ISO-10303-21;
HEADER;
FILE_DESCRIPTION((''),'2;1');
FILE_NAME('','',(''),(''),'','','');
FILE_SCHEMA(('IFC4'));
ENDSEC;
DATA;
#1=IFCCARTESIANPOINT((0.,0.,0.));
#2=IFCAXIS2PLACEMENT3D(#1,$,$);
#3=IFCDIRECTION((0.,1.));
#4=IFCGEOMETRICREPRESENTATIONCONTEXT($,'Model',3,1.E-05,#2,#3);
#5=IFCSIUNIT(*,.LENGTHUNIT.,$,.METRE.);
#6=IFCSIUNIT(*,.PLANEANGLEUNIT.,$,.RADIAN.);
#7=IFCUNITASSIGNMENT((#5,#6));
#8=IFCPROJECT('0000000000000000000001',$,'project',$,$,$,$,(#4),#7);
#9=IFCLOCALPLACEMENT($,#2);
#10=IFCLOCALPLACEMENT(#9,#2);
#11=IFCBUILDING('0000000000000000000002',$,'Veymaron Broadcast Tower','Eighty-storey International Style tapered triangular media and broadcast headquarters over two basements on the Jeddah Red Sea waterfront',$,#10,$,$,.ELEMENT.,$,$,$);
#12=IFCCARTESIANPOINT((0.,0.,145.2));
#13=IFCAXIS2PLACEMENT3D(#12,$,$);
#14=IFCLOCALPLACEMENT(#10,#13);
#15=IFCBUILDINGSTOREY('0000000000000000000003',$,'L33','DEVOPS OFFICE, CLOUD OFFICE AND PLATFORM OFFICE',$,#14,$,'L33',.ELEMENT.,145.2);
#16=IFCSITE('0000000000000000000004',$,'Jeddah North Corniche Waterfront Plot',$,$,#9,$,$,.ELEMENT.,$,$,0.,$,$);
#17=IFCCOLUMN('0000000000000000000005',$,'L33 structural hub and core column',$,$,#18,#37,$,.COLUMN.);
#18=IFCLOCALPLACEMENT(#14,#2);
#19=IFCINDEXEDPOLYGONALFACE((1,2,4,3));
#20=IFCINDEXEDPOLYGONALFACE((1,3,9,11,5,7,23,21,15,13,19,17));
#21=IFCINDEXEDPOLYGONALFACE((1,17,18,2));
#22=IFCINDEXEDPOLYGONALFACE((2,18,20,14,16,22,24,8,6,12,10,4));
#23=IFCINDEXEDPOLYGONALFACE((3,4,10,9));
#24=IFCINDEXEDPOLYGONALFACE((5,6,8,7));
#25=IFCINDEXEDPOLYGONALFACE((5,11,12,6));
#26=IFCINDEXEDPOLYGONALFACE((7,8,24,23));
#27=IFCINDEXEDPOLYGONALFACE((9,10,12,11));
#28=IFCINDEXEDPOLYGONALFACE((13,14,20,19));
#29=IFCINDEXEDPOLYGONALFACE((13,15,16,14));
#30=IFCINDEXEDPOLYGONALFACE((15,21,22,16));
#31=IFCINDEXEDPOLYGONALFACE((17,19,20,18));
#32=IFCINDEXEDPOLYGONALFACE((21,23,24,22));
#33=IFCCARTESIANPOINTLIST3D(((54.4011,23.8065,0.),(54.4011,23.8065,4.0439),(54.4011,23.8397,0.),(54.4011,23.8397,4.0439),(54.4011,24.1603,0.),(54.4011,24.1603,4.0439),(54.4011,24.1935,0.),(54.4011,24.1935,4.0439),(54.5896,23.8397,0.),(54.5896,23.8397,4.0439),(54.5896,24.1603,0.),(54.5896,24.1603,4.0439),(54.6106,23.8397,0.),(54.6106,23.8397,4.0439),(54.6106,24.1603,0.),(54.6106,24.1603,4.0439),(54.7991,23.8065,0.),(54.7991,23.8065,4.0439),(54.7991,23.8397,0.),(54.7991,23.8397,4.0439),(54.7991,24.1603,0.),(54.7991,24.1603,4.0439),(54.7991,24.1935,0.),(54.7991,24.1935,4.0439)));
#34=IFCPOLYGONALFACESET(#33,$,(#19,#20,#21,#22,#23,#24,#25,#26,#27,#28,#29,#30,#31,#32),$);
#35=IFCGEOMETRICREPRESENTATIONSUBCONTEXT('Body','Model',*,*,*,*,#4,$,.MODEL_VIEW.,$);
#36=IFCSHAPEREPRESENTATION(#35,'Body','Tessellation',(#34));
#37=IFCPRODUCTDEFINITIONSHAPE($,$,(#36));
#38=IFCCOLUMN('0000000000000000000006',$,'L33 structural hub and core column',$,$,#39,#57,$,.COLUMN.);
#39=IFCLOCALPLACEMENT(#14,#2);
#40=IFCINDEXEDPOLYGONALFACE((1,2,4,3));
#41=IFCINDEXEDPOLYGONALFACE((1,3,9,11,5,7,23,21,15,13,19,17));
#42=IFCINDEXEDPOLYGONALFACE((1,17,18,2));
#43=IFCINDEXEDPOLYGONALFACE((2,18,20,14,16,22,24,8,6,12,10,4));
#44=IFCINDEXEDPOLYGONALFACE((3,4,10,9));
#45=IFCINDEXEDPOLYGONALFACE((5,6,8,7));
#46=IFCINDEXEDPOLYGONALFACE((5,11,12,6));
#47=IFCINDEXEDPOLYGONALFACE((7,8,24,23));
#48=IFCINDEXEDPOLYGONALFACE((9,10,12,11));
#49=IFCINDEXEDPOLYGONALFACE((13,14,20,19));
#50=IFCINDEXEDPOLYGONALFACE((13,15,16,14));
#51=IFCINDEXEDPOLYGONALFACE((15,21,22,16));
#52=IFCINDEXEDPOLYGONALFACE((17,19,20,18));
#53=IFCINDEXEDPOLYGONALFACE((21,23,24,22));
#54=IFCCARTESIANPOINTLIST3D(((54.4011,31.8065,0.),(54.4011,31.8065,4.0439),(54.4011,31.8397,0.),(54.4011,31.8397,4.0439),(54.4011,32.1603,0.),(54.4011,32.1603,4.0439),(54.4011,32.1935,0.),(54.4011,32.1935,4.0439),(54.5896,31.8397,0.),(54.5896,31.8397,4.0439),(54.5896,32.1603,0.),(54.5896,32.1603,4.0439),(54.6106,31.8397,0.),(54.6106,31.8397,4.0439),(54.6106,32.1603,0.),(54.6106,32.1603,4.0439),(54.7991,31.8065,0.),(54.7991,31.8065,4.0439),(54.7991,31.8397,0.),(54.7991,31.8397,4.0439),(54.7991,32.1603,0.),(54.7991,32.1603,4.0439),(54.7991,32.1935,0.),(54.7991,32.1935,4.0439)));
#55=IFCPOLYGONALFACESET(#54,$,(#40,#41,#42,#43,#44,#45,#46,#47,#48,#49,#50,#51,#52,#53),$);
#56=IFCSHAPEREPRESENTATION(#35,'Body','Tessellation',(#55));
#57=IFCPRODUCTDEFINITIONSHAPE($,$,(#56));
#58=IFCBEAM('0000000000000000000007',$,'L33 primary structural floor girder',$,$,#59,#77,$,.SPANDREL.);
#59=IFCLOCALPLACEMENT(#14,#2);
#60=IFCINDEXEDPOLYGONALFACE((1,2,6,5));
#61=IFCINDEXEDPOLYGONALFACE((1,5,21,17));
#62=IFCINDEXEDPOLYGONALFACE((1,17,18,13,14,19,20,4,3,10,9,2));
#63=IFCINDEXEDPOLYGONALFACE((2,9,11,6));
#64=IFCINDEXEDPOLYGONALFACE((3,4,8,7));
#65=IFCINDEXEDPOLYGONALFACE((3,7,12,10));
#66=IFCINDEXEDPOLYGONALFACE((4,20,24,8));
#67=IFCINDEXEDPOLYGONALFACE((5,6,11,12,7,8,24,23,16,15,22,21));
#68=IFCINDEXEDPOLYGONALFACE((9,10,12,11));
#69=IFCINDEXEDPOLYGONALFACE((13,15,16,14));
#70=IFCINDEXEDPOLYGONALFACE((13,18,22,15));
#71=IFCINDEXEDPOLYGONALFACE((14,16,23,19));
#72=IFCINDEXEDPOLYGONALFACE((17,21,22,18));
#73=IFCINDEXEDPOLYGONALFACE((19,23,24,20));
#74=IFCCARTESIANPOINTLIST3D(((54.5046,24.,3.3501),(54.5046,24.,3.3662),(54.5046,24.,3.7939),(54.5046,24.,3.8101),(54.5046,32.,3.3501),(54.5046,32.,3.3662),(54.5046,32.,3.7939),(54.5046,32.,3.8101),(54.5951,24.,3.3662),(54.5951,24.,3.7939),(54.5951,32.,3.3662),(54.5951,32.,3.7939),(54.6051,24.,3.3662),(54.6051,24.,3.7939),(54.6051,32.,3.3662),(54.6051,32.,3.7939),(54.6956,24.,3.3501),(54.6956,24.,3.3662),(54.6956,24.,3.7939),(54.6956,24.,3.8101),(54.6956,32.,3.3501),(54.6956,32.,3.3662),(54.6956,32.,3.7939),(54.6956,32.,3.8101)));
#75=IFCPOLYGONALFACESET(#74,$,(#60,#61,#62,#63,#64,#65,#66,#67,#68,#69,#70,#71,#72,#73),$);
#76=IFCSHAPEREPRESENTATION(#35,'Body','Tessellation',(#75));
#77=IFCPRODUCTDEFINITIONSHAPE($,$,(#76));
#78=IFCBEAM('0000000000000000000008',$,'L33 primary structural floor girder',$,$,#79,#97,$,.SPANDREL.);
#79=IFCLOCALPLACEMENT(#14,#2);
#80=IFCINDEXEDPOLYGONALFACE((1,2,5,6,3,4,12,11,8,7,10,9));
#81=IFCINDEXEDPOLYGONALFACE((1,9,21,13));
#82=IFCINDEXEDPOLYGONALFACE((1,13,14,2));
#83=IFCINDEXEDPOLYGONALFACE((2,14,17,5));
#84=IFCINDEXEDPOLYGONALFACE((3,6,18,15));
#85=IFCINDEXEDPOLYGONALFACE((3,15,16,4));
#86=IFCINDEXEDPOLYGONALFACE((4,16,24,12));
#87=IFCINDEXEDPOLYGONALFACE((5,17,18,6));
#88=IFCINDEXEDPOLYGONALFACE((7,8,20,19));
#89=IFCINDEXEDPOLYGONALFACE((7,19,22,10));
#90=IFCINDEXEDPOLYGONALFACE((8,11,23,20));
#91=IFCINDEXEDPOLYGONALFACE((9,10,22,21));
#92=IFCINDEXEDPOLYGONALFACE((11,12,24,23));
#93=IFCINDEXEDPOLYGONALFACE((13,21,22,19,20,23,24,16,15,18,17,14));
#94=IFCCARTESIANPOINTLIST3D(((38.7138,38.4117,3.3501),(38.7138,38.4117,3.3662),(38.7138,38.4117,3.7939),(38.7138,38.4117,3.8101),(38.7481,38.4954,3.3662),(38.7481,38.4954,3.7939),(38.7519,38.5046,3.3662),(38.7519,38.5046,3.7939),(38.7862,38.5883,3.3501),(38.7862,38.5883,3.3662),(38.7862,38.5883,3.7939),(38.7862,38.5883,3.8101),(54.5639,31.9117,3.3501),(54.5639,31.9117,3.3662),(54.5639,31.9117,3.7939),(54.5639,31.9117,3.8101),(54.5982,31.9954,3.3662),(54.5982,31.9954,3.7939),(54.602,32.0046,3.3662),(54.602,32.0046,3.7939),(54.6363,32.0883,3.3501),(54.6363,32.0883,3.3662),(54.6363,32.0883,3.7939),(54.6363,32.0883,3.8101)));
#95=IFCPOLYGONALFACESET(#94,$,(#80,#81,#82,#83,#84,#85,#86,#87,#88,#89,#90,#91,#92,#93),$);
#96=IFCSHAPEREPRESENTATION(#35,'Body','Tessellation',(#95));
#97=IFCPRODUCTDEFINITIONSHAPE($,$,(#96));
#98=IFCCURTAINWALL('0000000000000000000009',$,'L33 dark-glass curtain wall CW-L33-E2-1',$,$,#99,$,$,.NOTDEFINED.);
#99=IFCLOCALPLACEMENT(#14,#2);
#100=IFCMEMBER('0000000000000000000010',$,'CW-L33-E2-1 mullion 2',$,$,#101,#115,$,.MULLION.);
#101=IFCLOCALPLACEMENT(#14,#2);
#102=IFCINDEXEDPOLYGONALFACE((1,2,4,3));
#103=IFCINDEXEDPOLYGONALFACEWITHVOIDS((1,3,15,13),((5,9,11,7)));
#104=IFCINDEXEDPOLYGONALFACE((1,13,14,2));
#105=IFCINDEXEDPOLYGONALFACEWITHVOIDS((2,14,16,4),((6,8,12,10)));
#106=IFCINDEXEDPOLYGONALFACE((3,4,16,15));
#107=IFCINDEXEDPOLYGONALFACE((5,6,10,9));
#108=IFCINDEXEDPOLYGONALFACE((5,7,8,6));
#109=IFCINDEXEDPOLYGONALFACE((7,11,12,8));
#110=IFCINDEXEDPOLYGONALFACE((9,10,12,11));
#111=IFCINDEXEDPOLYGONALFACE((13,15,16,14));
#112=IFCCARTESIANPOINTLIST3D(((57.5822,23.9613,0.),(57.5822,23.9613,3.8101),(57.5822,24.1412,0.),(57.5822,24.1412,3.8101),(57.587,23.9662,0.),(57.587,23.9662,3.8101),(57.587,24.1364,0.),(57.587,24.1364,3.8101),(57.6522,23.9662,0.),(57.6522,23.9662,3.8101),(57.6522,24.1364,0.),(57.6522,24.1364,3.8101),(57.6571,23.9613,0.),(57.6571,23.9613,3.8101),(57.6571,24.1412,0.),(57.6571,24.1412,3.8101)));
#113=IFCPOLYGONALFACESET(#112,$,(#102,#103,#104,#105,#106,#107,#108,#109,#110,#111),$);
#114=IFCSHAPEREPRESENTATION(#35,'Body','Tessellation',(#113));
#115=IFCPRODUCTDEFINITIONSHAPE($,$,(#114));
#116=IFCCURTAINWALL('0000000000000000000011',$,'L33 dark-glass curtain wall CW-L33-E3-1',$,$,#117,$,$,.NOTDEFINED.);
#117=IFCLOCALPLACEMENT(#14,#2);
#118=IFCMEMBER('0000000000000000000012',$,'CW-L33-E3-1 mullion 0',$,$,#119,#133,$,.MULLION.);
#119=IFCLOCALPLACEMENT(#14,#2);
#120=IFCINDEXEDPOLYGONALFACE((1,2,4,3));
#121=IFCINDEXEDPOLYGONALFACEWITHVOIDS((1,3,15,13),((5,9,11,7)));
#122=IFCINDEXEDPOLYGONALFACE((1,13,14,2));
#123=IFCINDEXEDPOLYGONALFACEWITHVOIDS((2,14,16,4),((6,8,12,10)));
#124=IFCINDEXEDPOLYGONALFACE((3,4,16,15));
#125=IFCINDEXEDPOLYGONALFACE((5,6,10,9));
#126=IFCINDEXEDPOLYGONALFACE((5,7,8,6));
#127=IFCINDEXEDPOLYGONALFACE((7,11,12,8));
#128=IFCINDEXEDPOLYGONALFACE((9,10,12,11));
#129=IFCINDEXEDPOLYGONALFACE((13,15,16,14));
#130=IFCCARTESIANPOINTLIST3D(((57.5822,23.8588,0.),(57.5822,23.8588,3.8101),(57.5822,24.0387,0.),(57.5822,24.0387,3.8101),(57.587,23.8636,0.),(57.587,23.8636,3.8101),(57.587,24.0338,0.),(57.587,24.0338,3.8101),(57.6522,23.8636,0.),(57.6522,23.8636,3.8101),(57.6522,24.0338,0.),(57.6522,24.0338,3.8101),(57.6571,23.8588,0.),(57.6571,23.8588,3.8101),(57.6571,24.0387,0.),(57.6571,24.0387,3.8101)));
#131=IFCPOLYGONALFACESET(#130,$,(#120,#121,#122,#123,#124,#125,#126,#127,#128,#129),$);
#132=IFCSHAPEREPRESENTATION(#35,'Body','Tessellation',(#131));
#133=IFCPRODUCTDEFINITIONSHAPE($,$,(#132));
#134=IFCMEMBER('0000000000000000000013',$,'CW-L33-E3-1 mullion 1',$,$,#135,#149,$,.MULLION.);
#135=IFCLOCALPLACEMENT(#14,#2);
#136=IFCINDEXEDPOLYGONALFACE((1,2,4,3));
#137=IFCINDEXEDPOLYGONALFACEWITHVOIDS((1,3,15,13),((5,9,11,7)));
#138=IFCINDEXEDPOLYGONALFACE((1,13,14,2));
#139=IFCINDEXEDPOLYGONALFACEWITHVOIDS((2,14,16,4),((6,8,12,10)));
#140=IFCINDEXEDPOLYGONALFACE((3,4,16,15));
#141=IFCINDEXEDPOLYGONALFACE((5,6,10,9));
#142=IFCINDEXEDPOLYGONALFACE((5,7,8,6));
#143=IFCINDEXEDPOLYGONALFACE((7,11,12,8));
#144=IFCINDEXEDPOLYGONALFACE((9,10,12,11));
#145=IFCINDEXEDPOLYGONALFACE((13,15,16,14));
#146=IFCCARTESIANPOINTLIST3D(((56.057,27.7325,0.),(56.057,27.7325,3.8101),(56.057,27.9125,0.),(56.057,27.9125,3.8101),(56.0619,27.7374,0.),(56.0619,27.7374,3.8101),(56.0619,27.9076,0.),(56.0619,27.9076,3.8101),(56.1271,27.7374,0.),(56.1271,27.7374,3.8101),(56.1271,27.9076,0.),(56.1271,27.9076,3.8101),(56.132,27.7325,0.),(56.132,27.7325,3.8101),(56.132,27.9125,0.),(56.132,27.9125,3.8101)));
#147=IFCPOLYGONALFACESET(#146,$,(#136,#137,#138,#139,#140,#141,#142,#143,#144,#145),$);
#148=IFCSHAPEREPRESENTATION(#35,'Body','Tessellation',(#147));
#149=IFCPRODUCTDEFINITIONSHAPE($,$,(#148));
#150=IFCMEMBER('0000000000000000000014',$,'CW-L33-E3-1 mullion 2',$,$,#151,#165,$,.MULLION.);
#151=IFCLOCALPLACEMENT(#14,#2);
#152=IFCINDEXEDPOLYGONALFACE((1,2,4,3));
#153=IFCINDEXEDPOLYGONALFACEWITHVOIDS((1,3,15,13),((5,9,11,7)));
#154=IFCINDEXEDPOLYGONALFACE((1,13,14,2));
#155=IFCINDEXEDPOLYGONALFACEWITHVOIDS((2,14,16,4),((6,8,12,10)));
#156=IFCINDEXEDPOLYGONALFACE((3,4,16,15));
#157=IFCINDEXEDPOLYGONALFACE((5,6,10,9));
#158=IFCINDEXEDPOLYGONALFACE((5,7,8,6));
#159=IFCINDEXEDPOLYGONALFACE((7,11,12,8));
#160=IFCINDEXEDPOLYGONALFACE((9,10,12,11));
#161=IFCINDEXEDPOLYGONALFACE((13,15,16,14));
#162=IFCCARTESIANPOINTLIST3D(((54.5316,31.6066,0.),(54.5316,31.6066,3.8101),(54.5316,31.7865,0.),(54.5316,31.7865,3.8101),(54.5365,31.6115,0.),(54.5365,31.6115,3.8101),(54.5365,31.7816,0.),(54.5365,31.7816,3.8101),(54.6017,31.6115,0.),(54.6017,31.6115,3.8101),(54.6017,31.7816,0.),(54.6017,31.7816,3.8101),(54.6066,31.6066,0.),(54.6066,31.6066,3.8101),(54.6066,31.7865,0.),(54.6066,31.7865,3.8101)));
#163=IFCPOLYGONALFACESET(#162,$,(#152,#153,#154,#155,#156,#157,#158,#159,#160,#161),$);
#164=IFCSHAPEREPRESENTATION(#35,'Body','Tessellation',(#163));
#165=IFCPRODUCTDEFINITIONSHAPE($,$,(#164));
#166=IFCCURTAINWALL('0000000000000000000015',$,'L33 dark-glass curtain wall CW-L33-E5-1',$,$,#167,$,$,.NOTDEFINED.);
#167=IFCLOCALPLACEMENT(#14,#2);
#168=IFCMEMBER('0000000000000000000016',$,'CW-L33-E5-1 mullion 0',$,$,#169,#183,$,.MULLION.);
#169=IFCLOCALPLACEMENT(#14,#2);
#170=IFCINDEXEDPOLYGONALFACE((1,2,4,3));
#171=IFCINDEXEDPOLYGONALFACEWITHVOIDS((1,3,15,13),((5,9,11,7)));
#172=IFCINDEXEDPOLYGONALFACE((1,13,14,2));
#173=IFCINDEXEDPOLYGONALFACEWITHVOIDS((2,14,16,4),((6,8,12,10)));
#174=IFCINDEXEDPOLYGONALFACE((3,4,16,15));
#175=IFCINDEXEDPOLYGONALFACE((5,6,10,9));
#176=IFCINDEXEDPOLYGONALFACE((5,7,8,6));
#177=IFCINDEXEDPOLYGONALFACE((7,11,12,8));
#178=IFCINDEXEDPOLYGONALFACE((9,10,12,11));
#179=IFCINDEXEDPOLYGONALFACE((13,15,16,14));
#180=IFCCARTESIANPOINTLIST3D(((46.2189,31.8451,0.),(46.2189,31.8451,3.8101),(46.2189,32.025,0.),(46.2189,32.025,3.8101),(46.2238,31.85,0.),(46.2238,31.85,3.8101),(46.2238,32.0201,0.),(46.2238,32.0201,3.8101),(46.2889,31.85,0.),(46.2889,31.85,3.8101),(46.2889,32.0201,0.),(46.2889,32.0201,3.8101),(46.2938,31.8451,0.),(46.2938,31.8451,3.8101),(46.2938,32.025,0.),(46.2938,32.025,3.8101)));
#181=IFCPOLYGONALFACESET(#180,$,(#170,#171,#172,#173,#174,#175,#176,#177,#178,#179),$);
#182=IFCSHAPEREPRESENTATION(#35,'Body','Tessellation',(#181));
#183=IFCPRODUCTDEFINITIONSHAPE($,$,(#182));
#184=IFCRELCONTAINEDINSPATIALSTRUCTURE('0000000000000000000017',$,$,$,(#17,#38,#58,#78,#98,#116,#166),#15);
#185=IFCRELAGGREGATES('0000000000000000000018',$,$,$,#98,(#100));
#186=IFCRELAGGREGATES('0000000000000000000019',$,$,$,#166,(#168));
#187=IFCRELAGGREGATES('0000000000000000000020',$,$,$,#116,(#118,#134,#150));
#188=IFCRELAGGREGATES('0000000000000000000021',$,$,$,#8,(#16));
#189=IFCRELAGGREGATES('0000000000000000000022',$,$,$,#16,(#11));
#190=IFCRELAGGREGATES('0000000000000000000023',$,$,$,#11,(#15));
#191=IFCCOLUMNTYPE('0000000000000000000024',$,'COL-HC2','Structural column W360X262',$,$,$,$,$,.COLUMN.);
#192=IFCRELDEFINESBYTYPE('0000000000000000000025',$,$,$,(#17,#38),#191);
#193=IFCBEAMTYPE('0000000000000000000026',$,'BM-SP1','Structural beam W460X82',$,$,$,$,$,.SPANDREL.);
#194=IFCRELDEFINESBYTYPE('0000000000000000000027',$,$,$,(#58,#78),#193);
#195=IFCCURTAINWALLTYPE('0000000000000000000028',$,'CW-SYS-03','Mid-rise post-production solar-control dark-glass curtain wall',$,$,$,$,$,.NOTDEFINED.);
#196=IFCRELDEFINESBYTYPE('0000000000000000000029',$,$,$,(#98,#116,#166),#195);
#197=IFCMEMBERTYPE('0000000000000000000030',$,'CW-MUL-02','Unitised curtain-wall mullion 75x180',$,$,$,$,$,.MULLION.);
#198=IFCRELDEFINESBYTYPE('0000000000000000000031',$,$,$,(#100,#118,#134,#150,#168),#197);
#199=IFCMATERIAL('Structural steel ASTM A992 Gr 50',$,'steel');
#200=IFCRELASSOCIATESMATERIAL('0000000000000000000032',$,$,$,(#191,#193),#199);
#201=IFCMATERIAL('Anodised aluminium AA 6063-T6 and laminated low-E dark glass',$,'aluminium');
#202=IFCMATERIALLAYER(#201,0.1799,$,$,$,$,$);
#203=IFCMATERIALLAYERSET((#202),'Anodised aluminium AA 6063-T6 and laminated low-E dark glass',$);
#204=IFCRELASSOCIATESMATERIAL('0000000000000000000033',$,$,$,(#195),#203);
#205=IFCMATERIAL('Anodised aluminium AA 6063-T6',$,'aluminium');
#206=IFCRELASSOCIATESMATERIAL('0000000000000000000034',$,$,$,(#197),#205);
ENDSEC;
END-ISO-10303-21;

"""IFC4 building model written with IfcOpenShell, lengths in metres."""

from ifc_helpers import new_model, si_unit, direction, frame, origin, origin_2d, place, context, subcontext, project, spatial, hollow_rectangle, i_section, extrude, material, layer, layer_set, material_profile, profile_set, type_object, element, aggregate, save


model = new_model("IFC4")

# Units and contexts
model_context = context("Model", 3, precision=1e-05, world=origin(), true_north=direction((0.0, 1.0)))
body_context = subcontext(model_context, "Body", "Model", "MODEL_VIEW")
ifc_project = project(units=[si_unit("LENGTHUNIT", "METRE"), si_unit("PLANEANGLEUNIT", "RADIAN")], contexts=[model_context])

# Site, building, storey
site_placement = place(None, origin())
site = spatial("IfcSite", under=ifc_project, at=site_placement, Name="Jeddah North Corniche Waterfront Plot", CompositionType="ELEMENT", RefElevation=0.0)
building_placement = place(site_placement, origin())
building = spatial("IfcBuilding", under=site, at=building_placement, Name="Veymaron Broadcast Tower", Description="Eighty-storey International Style tapered triangular media and broadcast headquarters over two basements on the Jeddah Red Sea waterfront", CompositionType="ELEMENT")
storey_placement = place(building_placement, frame((0.0, 0.0, 145.2)))
storey = spatial("IfcBuildingStorey", under=building, at=storey_placement, Name="L33", Description="DEVOPS OFFICE, CLOUD OFFICE AND PLATFORM OFFICE", LongName="L33", CompositionType="ELEMENT", Elevation=145.2)

# Columns
ifc_material_1 = material(Name="Structural steel ASTM A992 Gr 50", Category="steel")
ifc_material_profile_1 = material_profile(ifc_material_1, i_section(OverallWidth=0.3979, OverallDepth=0.387, WebThickness=0.021, FlangeThickness=0.0332, at=origin_2d()), Name="W360X262")
ifc_profile_set_1 = profile_set([ifc_material_profile_1], Name="Structural steel ASTM A992 Gr 50")
column_type = type_object("IfcColumnType", Name="COL-HC2", Description="Structural column W360X262", PredefinedType="COLUMN", material=ifc_profile_set_1)
for number, where, z_axis, x_axis, name in (
    (1, (54.6001, 24.0, 0.0), (0.0, 0.0, 1.0), (1.0, 0.0, 0.0), "L33 structural hub and core column"),
    (2, (54.6001, 32.0, 0.0), (0.0, 0.0, 1.0), (1.0, 0.0, 0.0), "L33 structural hub and core column"),
):
    element("IfcColumn", number, at=place(storey_placement, frame(where, z_axis=z_axis, x_axis=x_axis)), inside=storey, type_object=column_type, Name=name, PredefinedType="COLUMN", context=body_context, shape_type="SweptSolid", body=[
        extrude(i_section(OverallWidth=0.3979, OverallDepth=0.387, WebThickness=0.021, FlangeThickness=0.0332, at=origin_2d()), origin(), (0.0, 0.0, 1.0), 4.0439),
    ])

# Beams
ifc_material_profile_2 = material_profile(ifc_material_1, i_section(OverallWidth=0.1909, OverallDepth=0.46, WebThickness=0.01, FlangeThickness=0.0161, at=origin_2d()), Name="W460X82")
ifc_profile_set_2 = profile_set([ifc_material_profile_2], Name="Structural steel ASTM A992 Gr 50")
beam_type = type_object("IfcBeamType", Name="BM-SP1", Description="Structural beam W460X82", PredefinedType="SPANDREL", material=ifc_profile_set_2)
beam_1_placement = place(storey_placement, frame((54.6001, 24.0, 3.5801), z_axis=(0.0, 1.0, 0.0), x_axis=(-1.0, 0.0, 0.0)))
element("IfcBeam", 3, at=beam_1_placement, inside=storey, type_object=beam_type, Name="L33 primary structural floor girder", PredefinedType="SPANDREL", context=body_context, shape_type="SweptSolid", body=[
    extrude(i_section(OverallWidth=0.1909, OverallDepth=0.46, WebThickness=0.01, FlangeThickness=0.0161, at=origin_2d()), origin(), (0.0, 0.0, 1.0), 8.0),
])
beam_2_placement = place(storey_placement, frame((54.6001, 32.0, 3.5801), z_axis=(-0.925222, 0.379426, 0.0), x_axis=(-0.379426, -0.925222, 0.0)))
element("IfcBeam", 4, at=beam_2_placement, inside=storey, type_object=beam_type, Name="L33 primary structural floor girder", PredefinedType="SPANDREL", context=body_context, shape_type="SweptSolid", body=[
    extrude(i_section(OverallWidth=0.1909, OverallDepth=0.46, WebThickness=0.01, FlangeThickness=0.0161, at=origin_2d()), origin(), (0.0, 0.0, 1.0), 17.1311),
])

# Curtain wall, member
ifc_material_2 = material(Name="Anodised aluminium AA 6063-T6 and laminated low-E dark glass", Category="aluminium")
ifc_layer_1 = layer(ifc_material_2, 0.1799)
ifc_layer_set_1 = layer_set([ifc_layer_1], Name="Anodised aluminium AA 6063-T6 and laminated low-E dark glass")
curtain_wall_type = type_object("IfcCurtainWallType", Name="CW-SYS-03", Description="Mid-rise post-production solar-control dark-glass curtain wall", PredefinedType="NOTDEFINED", material=ifc_layer_set_1)
curtain_wall_1_placement = place(storey_placement, origin())
curtain_wall_1 = element("IfcCurtainWall", 5, at=curtain_wall_1_placement, inside=storey, type_object=curtain_wall_type, Name="L33 dark-glass curtain wall CW-L33-E2-1", PredefinedType="NOTDEFINED")
ifc_material_3 = material(Name="Anodised aluminium AA 6063-T6", Category="aluminium")
ifc_material_profile_3 = material_profile(ifc_material_3, hollow_rectangle(XDim=0.075, YDim=0.1799, WallThickness=0.0049, at=origin_2d()), Name="AL180X75X5")
ifc_profile_set_3 = profile_set([ifc_material_profile_3], Name="Anodised aluminium AA 6063-T6")
member_type_1 = type_object("IfcMemberType", Name="CW-MUL-02", Description="Unitised curtain-wall mullion 75x180", PredefinedType="MULLION", material=ifc_profile_set_3)
member_1_placement = place(storey_placement, frame((57.6196, 24.0513, 0.0), z_axis=(0.0, 0.0, 1.0), x_axis=(1.0, 0.0, 0.0)))
member_1 = element("IfcMember", 6, at=member_1_placement, type_object=member_type_1, Name="CW-L33-E2-1 mullion 2", PredefinedType="MULLION", context=body_context, shape_type="SweptSolid", body=[
    extrude(hollow_rectangle(XDim=0.075, YDim=0.1799, WallThickness=0.0049, at=origin_2d()), origin(), (0.0, 0.0, 1.0), 3.8101),
])
aggregate(curtain_wall_1, [member_1])

# Curtain wall, members
curtain_wall_2_placement = place(storey_placement, origin())
curtain_wall_2 = element("IfcCurtainWall", 7, at=curtain_wall_2_placement, inside=storey, type_object=curtain_wall_type, Name="L33 dark-glass curtain wall CW-L33-E3-1", PredefinedType="NOTDEFINED")
member_2_placement = place(storey_placement, frame((57.6196, 23.9487, 0.0), z_axis=(0.0, 0.0, 1.0), x_axis=(1.0, 0.0, 0.0)))
member_2 = element("IfcMember", 8, at=member_2_placement, type_object=member_type_1, Name="CW-L33-E3-1 mullion 0", PredefinedType="MULLION", context=body_context, shape_type="SweptSolid", body=[
    extrude(hollow_rectangle(XDim=0.075, YDim=0.1799, WallThickness=0.0049, at=origin_2d()), origin(), (0.0, 0.0, 1.0), 3.8101),
])
member_3_placement = place(storey_placement, frame((56.0945, 27.8225, 0.0), z_axis=(0.0, 0.0, 1.0), x_axis=(1.0, 0.0, 0.0)))
member_3 = element("IfcMember", 9, at=member_3_placement, type_object=member_type_1, Name="CW-L33-E3-1 mullion 1", PredefinedType="MULLION", context=body_context, shape_type="SweptSolid", body=[
    extrude(hollow_rectangle(XDim=0.075, YDim=0.1799, WallThickness=0.0049, at=origin_2d()), origin(), (0.0, 0.0, 1.0), 3.8101),
])
member_4_placement = place(storey_placement, frame((54.5691, 31.6965, 0.0), z_axis=(0.0, 0.0, 1.0), x_axis=(1.0, 0.0, 0.0)))
member_4 = element("IfcMember", 10, at=member_4_placement, type_object=member_type_1, Name="CW-L33-E3-1 mullion 2", PredefinedType="MULLION", context=body_context, shape_type="SweptSolid", body=[
    extrude(hollow_rectangle(XDim=0.075, YDim=0.1799, WallThickness=0.0049, at=origin_2d()), origin(), (0.0, 0.0, 1.0), 3.8101),
])

# Curtain wall, member
curtain_wall_3_placement = place(storey_placement, origin())
curtain_wall_3 = element("IfcCurtainWall", 11, at=curtain_wall_3_placement, inside=storey, type_object=curtain_wall_type, Name="L33 dark-glass curtain wall CW-L33-E5-1", PredefinedType="NOTDEFINED")
member_5_placement = place(storey_placement, frame((46.2563, 31.9351, 0.0), z_axis=(0.0, 0.0, 1.0), x_axis=(1.0, 0.0, 0.0)))
member_5 = element("IfcMember", 12, at=member_5_placement, type_object=member_type_1, Name="CW-L33-E5-1 mullion 0", PredefinedType="MULLION", context=body_context, shape_type="SweptSolid", body=[
    extrude(hollow_rectangle(XDim=0.075, YDim=0.1799, WallThickness=0.0049, at=origin_2d()), origin(), (0.0, 0.0, 1.0), 3.8101),
])

aggregate(curtain_wall_3, [member_5])

aggregate(curtain_wall_2, [member_2, member_3, member_4])

save(model, "model.ifc")
